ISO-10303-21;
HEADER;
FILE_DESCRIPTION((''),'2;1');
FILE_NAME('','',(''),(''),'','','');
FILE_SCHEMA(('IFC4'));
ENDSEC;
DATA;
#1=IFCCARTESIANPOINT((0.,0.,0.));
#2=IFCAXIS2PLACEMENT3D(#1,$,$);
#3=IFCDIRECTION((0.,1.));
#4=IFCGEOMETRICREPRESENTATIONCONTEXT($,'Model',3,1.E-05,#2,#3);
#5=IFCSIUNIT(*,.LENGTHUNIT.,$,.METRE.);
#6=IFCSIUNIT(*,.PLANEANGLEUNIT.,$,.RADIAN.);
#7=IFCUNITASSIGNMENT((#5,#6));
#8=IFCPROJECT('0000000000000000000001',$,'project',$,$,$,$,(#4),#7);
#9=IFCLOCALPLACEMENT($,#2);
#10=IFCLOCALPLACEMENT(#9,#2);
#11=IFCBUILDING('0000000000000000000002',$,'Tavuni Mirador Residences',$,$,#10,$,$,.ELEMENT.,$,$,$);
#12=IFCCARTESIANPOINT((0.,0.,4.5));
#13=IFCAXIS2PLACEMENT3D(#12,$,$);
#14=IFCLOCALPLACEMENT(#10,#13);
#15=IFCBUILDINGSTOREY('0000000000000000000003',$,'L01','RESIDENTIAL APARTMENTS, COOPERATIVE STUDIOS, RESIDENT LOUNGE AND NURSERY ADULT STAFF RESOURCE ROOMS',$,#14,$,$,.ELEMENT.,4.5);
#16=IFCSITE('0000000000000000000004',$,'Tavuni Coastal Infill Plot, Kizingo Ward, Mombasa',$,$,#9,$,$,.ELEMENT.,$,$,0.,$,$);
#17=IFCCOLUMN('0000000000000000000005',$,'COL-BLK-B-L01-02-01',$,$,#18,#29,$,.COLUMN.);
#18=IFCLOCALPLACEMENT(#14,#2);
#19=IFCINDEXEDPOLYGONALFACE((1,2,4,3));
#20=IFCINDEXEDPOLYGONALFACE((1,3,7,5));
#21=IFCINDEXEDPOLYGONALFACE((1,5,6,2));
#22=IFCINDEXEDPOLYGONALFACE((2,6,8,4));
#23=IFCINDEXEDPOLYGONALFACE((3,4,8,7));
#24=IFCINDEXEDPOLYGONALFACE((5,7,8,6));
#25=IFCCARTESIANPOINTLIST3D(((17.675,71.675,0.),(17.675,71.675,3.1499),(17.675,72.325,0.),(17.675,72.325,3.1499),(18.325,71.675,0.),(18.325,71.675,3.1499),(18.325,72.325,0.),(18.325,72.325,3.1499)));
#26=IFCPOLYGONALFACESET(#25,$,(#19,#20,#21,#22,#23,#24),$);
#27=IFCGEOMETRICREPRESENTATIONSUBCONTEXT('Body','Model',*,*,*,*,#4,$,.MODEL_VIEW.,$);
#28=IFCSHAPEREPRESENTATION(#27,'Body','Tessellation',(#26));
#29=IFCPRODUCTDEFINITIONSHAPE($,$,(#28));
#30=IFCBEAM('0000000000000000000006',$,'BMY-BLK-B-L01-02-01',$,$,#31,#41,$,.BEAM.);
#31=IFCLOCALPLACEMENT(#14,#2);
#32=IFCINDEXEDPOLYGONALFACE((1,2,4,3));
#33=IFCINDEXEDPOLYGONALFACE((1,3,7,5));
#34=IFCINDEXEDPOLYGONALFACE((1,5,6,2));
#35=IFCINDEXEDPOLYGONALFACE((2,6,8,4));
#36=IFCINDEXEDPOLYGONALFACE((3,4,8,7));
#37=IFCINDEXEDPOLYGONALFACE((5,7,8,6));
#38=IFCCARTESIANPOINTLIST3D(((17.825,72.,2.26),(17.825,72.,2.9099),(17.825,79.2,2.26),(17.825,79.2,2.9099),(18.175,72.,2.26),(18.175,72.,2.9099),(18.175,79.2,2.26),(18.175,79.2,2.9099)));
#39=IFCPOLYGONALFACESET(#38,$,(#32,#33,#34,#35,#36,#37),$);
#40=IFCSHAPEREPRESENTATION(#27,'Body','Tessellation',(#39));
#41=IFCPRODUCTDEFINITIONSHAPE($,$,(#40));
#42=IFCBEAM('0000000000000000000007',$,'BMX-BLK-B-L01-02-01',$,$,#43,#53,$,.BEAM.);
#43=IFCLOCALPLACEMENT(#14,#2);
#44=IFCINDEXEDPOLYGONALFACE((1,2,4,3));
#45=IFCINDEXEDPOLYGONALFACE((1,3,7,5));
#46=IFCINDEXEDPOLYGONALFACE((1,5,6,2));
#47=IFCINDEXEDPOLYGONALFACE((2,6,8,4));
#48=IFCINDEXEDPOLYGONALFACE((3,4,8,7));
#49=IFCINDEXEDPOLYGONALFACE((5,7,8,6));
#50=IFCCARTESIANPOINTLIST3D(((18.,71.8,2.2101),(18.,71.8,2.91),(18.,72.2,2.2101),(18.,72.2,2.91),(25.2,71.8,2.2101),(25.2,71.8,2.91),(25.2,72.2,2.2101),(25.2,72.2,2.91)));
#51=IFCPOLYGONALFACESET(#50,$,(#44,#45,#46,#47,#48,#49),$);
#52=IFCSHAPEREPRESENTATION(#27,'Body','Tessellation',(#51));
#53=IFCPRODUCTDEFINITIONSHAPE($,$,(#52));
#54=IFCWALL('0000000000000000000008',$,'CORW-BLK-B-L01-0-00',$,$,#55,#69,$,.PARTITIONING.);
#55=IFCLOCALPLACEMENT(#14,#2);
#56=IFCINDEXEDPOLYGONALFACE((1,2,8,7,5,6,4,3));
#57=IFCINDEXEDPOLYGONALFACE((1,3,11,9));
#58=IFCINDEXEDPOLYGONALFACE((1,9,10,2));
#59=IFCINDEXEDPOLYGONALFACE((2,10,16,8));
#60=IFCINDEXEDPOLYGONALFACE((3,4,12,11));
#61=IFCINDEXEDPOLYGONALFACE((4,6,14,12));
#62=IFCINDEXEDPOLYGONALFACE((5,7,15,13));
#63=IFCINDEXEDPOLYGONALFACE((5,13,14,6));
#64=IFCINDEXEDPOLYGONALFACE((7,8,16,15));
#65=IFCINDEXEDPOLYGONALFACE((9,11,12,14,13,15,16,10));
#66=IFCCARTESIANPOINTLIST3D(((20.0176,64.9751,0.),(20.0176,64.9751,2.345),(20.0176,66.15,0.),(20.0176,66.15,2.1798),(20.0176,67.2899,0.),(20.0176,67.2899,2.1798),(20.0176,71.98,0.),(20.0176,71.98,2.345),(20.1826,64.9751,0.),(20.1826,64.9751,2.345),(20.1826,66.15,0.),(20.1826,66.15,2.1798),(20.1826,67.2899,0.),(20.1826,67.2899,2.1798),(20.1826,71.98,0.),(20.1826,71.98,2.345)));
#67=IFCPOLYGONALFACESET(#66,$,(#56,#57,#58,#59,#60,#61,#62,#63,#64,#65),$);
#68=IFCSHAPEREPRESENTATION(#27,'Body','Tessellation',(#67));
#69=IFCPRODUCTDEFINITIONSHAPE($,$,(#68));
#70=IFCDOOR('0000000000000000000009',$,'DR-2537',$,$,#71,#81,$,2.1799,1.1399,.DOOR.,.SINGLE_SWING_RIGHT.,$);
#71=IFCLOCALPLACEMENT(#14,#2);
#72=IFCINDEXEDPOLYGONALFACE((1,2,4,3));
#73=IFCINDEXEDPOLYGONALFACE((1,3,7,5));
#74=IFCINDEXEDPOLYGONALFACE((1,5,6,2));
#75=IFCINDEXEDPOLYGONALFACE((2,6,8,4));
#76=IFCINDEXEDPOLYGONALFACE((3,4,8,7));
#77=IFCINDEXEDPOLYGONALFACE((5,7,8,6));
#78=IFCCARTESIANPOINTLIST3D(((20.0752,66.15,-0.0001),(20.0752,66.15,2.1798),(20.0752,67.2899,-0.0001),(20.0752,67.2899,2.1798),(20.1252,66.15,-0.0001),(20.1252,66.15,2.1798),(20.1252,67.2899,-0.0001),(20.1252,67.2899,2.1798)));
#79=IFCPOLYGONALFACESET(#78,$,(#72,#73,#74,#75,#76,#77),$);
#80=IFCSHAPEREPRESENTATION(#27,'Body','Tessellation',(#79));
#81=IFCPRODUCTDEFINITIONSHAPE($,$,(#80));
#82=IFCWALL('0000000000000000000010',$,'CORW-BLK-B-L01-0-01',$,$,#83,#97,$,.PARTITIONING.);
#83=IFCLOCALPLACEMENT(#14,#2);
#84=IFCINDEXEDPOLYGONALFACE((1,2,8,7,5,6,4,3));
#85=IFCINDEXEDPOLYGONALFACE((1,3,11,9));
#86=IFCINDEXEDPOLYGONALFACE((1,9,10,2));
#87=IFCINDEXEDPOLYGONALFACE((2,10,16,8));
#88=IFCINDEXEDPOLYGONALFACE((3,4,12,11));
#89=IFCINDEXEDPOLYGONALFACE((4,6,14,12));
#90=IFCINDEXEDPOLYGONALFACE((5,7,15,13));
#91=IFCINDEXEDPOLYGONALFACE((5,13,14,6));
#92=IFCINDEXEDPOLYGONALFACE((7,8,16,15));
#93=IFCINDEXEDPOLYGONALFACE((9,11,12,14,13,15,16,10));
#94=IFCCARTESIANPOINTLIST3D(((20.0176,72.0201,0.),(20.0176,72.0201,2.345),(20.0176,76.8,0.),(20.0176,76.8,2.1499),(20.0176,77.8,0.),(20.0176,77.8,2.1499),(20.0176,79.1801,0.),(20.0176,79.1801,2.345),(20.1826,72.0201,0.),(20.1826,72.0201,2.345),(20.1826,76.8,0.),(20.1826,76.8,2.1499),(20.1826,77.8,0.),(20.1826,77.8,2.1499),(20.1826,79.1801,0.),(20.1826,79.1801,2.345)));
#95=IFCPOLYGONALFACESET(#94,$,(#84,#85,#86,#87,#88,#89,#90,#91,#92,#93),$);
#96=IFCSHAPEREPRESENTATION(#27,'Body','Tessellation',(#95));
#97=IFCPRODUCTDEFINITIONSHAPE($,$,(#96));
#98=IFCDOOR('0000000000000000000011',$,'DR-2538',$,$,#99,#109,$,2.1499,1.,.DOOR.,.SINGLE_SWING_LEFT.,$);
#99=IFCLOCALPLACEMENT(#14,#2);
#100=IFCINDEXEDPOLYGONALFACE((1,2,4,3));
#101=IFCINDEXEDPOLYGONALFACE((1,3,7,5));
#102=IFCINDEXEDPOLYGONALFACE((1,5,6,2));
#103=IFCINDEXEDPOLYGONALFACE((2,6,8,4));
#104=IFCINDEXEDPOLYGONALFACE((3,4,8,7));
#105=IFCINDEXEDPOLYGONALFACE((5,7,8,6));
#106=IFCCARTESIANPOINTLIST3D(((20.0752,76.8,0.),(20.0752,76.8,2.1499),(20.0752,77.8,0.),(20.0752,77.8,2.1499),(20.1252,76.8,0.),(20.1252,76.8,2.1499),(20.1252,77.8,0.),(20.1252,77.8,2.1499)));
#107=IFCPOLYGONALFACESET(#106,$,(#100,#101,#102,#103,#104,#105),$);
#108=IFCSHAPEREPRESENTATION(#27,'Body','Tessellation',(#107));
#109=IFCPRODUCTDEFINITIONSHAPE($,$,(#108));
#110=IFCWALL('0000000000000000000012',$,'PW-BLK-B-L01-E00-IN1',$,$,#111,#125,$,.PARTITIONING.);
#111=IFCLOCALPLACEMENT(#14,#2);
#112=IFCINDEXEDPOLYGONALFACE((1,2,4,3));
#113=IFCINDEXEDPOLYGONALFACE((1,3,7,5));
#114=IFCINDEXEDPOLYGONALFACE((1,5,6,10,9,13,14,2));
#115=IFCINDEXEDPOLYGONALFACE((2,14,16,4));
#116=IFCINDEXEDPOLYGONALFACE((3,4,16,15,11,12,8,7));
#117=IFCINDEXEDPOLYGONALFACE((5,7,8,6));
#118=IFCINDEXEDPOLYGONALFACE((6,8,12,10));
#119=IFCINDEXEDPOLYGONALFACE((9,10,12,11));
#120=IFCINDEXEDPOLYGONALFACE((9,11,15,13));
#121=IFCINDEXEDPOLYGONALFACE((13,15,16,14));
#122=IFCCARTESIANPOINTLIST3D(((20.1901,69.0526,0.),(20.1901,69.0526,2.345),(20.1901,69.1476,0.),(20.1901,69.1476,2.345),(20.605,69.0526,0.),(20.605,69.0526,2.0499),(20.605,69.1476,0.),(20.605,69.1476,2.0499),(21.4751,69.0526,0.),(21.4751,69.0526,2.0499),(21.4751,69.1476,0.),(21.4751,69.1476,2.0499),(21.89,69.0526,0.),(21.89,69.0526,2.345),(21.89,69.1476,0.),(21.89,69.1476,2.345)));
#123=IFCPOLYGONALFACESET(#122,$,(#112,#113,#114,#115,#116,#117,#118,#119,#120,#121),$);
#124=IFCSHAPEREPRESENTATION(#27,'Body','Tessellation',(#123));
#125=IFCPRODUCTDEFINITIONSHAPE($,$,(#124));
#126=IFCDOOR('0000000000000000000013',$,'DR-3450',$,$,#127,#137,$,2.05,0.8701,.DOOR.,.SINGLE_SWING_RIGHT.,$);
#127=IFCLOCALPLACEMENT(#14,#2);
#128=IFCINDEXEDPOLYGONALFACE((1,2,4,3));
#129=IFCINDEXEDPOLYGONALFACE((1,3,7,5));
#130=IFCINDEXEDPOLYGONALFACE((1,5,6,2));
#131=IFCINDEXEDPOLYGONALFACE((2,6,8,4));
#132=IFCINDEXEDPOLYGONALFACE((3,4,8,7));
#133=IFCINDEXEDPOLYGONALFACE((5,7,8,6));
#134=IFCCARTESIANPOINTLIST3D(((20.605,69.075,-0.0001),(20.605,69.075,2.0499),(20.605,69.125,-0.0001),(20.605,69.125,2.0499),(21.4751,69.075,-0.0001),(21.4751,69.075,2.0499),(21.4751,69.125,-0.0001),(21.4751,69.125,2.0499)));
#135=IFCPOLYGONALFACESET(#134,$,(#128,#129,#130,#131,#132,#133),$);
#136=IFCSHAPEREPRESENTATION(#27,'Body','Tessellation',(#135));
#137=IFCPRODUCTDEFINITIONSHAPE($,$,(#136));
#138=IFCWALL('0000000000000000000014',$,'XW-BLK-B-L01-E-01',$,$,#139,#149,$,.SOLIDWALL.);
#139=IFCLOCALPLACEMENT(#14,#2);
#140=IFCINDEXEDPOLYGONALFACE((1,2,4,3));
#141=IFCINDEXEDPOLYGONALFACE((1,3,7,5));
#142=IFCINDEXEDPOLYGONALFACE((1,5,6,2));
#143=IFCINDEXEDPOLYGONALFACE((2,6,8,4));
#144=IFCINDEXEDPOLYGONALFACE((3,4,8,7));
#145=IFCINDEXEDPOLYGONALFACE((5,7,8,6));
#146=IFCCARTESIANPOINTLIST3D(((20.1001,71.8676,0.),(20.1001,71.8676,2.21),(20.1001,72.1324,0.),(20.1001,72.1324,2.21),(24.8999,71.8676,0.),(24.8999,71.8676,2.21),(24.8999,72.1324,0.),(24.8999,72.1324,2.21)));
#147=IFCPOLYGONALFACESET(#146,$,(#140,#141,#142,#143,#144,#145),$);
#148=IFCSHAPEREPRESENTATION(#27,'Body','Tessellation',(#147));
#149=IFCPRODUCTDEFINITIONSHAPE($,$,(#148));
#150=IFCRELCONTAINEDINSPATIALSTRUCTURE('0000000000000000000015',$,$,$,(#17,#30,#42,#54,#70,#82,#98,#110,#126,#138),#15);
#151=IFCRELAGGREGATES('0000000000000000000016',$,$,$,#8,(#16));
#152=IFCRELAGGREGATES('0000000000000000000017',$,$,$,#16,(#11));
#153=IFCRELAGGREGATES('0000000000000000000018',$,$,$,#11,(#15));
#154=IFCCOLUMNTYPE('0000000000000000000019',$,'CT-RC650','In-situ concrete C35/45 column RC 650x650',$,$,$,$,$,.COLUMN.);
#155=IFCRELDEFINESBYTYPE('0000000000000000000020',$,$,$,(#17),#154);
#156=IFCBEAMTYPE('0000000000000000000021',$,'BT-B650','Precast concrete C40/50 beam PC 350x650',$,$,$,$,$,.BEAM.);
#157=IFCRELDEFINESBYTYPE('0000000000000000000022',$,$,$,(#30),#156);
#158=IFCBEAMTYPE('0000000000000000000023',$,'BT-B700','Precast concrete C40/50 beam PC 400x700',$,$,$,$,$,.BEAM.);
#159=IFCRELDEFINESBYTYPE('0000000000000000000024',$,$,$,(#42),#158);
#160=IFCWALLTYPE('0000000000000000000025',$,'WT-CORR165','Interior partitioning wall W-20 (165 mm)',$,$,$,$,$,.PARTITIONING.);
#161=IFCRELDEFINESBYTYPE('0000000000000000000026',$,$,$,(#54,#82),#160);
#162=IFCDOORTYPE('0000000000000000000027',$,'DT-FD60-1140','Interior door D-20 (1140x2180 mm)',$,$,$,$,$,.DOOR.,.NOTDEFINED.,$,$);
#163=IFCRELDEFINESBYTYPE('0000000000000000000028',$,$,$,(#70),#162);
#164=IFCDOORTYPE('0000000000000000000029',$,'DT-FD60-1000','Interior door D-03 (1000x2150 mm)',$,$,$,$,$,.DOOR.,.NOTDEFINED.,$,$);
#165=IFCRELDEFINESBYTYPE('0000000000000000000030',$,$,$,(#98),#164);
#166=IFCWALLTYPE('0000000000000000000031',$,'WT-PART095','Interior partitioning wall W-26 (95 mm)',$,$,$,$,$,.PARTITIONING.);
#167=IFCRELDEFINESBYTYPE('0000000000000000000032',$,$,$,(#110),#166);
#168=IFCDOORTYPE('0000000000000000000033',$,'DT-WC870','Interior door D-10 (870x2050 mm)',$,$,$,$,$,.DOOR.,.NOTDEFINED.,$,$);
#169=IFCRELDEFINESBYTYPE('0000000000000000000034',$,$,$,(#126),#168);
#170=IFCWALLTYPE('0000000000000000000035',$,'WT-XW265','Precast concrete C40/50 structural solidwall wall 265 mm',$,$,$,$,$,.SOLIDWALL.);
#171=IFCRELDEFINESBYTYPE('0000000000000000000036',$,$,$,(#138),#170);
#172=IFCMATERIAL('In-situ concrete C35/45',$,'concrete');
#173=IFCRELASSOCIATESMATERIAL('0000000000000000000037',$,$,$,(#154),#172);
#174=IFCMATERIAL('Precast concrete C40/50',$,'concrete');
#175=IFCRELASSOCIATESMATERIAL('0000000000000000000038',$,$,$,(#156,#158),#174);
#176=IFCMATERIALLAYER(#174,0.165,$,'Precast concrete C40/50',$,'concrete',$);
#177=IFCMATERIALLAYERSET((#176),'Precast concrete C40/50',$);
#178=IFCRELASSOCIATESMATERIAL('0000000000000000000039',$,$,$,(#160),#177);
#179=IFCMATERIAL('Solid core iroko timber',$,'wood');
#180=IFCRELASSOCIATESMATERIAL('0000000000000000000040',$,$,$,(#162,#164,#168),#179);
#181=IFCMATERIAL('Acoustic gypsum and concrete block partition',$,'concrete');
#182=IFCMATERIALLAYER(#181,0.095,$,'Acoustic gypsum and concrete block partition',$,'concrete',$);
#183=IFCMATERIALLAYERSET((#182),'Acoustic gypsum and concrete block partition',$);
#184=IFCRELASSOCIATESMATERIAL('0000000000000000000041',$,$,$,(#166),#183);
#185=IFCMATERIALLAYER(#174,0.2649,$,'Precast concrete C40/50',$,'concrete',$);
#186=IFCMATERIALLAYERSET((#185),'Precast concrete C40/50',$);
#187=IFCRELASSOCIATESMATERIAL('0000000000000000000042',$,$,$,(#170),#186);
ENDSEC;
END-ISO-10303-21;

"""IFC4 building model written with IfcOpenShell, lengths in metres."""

from ifc_helpers import new_model, si_unit, direction, frame, frame_2d, origin, origin_2d, place, context, subcontext, project, spatial, rectangle, extrude, material, layer, layer_set, material_profile, profile_set, type_object, element, fill, save


model = new_model("IFC4")

# Units and contexts
model_context = context("Model", 3, precision=1e-05, world=origin(), true_north=direction((0.0, 1.0)))
body_context = subcontext(model_context, "Body", "Model", "MODEL_VIEW")
ifc_project = project(units=[si_unit("LENGTHUNIT", "METRE"), si_unit("PLANEANGLEUNIT", "RADIAN")], contexts=[model_context])

# Site, building, storey
site_placement = place(None, origin())
site = spatial("IfcSite", under=ifc_project, at=site_placement, Name="Tavuni Coastal Infill Plot, Kizingo Ward, Mombasa", CompositionType="ELEMENT", RefElevation=0.0)
building_placement = place(site_placement, origin())
building = spatial("IfcBuilding", under=site, at=building_placement, Name="Tavuni Mirador Residences", CompositionType="ELEMENT")
storey_placement = place(building_placement, frame((0.0, 0.0, 4.5)))
storey = spatial("IfcBuildingStorey", under=building, at=storey_placement, Name="L01", Description="RESIDENTIAL APARTMENTS, COOPERATIVE STUDIOS, RESIDENT LOUNGE AND NURSERY ADULT STAFF RESOURCE ROOMS", CompositionType="ELEMENT", Elevation=4.5)

# Column
ifc_material_1 = material(Name="In-situ concrete C35/45", Category="concrete")
ifc_material_profile_1 = material_profile(ifc_material_1, rectangle(XDim=0.6499, YDim=0.6499, at=origin_2d()), Name="RC 650x650", Category="concrete")
ifc_profile_set_1 = profile_set([ifc_material_profile_1], Name="In-situ concrete C35/45")
column_type = type_object("IfcColumnType", Name="CT-RC650", Description="In-situ concrete C35/45 column RC 650x650", PredefinedType="COLUMN", material=ifc_profile_set_1)
column_placement = place(storey_placement, frame((18.0, 72.0, 0.0), z_axis=(0.0, 0.0, 1.0), x_axis=(1.0, 0.0, 0.0)))
element("IfcColumn", 1, at=column_placement, inside=storey, type_object=column_type, Name="COL-BLK-B-L01-02-01", PredefinedType="COLUMN", context=body_context, shape_type="SweptSolid", body=[
    extrude(rectangle(XDim=0.6499, YDim=0.6499, at=origin_2d()), origin(), (0.0, 0.0, 1.0), 3.1499),
])

# Beams
ifc_material_2 = material(Name="Precast concrete C40/50", Category="concrete")
ifc_material_profile_2 = material_profile(ifc_material_2, rectangle(XDim=0.3501, YDim=0.6499, at=origin_2d()), Name="PC 350x650", Category="concrete")
ifc_profile_set_2 = profile_set([ifc_material_profile_2], Name="Precast concrete C40/50")
beam_type_1 = type_object("IfcBeamType", Name="BT-B650", Description="Precast concrete C40/50 beam PC 350x650", PredefinedType="BEAM", material=ifc_profile_set_2)
beam_1_placement = place(storey_placement, frame((18.0, 72.0, 2.585), z_axis=(0.0, 1.0, 0.0), x_axis=(-1.0, 0.0, 0.0)))
element("IfcBeam", 2, at=beam_1_placement, inside=storey, type_object=beam_type_1, Name="BMY-BLK-B-L01-02-01", PredefinedType="BEAM", context=body_context, shape_type="SweptSolid", body=[
    extrude(rectangle(XDim=0.3501, YDim=0.6499, at=origin_2d()), origin(), (0.0, 0.0, 1.0), 7.2),
])
ifc_material_profile_3 = material_profile(ifc_material_2, rectangle(XDim=0.3999, YDim=0.7, at=origin_2d()), Name="PC 400x700", Category="concrete")
ifc_profile_set_3 = profile_set([ifc_material_profile_3], Name="Precast concrete C40/50")
beam_type_2 = type_object("IfcBeamType", Name="BT-B700", Description="Precast concrete C40/50 beam PC 400x700", PredefinedType="BEAM", material=ifc_profile_set_3)
beam_2_placement = place(storey_placement, frame((18.0, 72.0, 2.5601), z_axis=(1.0, 0.0, 0.0), x_axis=(0.0, 1.0, 0.0)))
element("IfcBeam", 3, at=beam_2_placement, inside=storey, type_object=beam_type_2, Name="BMX-BLK-B-L01-02-01", PredefinedType="BEAM", context=body_context, shape_type="SweptSolid", body=[
    extrude(rectangle(XDim=0.3999, YDim=0.7, at=origin_2d()), origin(), (0.0, 0.0, 1.0), 7.2),
])

# Walls, openings, doors
ifc_material_3 = material(Name="Solid core iroko timber", Category="wood")
ifc_layer_1 = layer(ifc_material_2, 0.165, Name="Precast concrete C40/50", Category="concrete")
ifc_layer_set_1 = layer_set([ifc_layer_1], Name="Precast concrete C40/50")
wall_type_1 = type_object("IfcWallType", Name="WT-CORR165", Description="Interior partitioning wall W-20 (165 mm)", PredefinedType="PARTITIONING", material=ifc_layer_set_1)
wall_1_placement = place(storey_placement, frame((20.1001, 64.9751, 0.0), z_axis=(0.0, 0.0, 1.0), x_axis=(0.0, 1.0, 0.0)))
wall_1 = element("IfcWall", 4, at=wall_1_placement, inside=storey, type_object=wall_type_1, Name="CORW-BLK-B-L01-0-00", PredefinedType="PARTITIONING", context=body_context, shape_type="SweptSolid", body=[
    extrude(rectangle(XDim=7.0049, YDim=0.165, at=frame_2d((3.5024, 0.0))), origin(), (0.0, 0.0, 1.0), 2.345),
])
opening_1_placement = place(wall_1_placement, frame((1.175, 0.0, 0.0)))
opening_1 = element("IfcOpeningElement", 5, at=opening_1_placement, cuts=wall_1, PredefinedType="OPENING", context=body_context, shape_type="SweptSolid", body=[
    extrude(rectangle(XDim=1.1399, YDim=2.1799, at=frame_2d((0.5698, 1.0898))), frame((0.0, 0.0925, 0.0), z_axis=(0.0, -1.0, 0.0), x_axis=(1.0, 0.0, 0.0)), (0.0, 0.0, 1.0), 0.1851),
])
door_type_1 = type_object("IfcDoorType", Name="DT-FD60-1140", Description="Interior door D-20 (1140x2180 mm)", OperationType="NOTDEFINED", PredefinedType="DOOR", material=ifc_material_3)
door_1_placement = place(opening_1_placement, origin())
door_1 = element("IfcDoor", 6, at=door_1_placement, inside=storey, type_object=door_type_1, Name="DR-2537", OperationType="SINGLE_SWING_RIGHT", OverallHeight=2.1799, OverallWidth=1.1399, PredefinedType="DOOR", context=body_context, shape_type="SweptSolid", body=[
    extrude(rectangle(XDim=1.1399, YDim=2.1799, at=frame_2d((0.5698, 1.0898))), frame((0.0, 0.0249, 0.0), z_axis=(0.0, -1.0, 0.0), x_axis=(1.0, 0.0, 0.0)), (0.0, 0.0, 1.0), 0.05),
])
fill(opening_1, door_1)
wall_2_placement = place(storey_placement, frame((20.1001, 72.02, 0.0), z_axis=(0.0, 0.0, 1.0), x_axis=(0.0, 1.0, 0.0)))
wall_2 = element("IfcWall", 7, at=wall_2_placement, inside=storey, type_object=wall_type_1, Name="CORW-BLK-B-L01-0-01", PredefinedType="PARTITIONING", context=body_context, shape_type="SweptSolid", body=[
    extrude(rectangle(XDim=7.1599, YDim=0.165, at=frame_2d((3.5801, 0.0))), origin(), (0.0, 0.0, 1.0), 2.345),
])
opening_2_placement = place(wall_2_placement, frame((4.78, 0.0, 0.0)))
opening_2 = element("IfcOpeningElement", 8, at=opening_2_placement, cuts=wall_2, PredefinedType="OPENING", context=body_context, shape_type="SweptSolid", body=[
    extrude(rectangle(XDim=1.0, YDim=2.1499, at=frame_2d((0.5, 1.075))), frame((0.0, 0.0925, 0.0), z_axis=(0.0, -1.0, 0.0), x_axis=(1.0, 0.0, 0.0)), (0.0, 0.0, 1.0), 0.1851),
])
door_type_2 = type_object("IfcDoorType", Name="DT-FD60-1000", Description="Interior door D-03 (1000x2150 mm)", OperationType="NOTDEFINED", PredefinedType="DOOR", material=ifc_material_3)
door_2_placement = place(opening_2_placement, origin())
door_2 = element("IfcDoor", 9, at=door_2_placement, inside=storey, type_object=door_type_2, Name="DR-2538", OperationType="SINGLE_SWING_LEFT", OverallHeight=2.1499, OverallWidth=1.0, PredefinedType="DOOR", context=body_context, shape_type="SweptSolid", body=[
    extrude(rectangle(XDim=1.0, YDim=2.1499, at=frame_2d((0.5, 1.075))), frame((0.0, 0.0249, 0.0), z_axis=(0.0, -1.0, 0.0), x_axis=(1.0, 0.0, 0.0)), (0.0, 0.0, 1.0), 0.05),
])
fill(opening_2, door_2)
ifc_material_4 = material(Name="Acoustic gypsum and concrete block partition", Category="concrete")
ifc_layer_2 = layer(ifc_material_4, 0.095, Name="Acoustic gypsum and concrete block partition", Category="concrete")
ifc_layer_set_2 = layer_set([ifc_layer_2], Name="Acoustic gypsum and concrete block partition")
wall_type_2 = type_object("IfcWallType", Name="WT-PART095", Description="Interior partitioning wall W-26 (95 mm)", PredefinedType="PARTITIONING", material=ifc_layer_set_2)
wall_3_placement = place(storey_placement, frame((20.1899, 69.1001, 0.0), z_axis=(0.0, 0.0, 1.0), x_axis=(1.0, 0.0, 0.0)))
wall_3 = element("IfcWall", 10, at=wall_3_placement, inside=storey, type_object=wall_type_2, Name="PW-BLK-B-L01-E00-IN1", PredefinedType="PARTITIONING", context=body_context, shape_type="SweptSolid", body=[
    extrude(rectangle(XDim=1.7, YDim=0.095, at=frame_2d((0.8501, 0.0))), origin(), (0.0, 0.0, 1.0), 2.345),
])
opening_3_placement = place(wall_3_placement, frame((0.415, 0.0, 0.0)))
opening_3 = element("IfcOpeningElement", 11, at=opening_3_placement, cuts=wall_3, PredefinedType="OPENING", context=body_context, shape_type="SweptSolid", body=[
    extrude(rectangle(XDim=0.8701, YDim=2.05, at=frame_2d((0.4351, 1.0249))), frame((0.0, 0.0576, 0.0), z_axis=(0.0, -1.0, 0.0), x_axis=(1.0, 0.0, 0.0)), (0.0, 0.0, 1.0), 0.115),
])
door_type_3 = type_object("IfcDoorType", Name="DT-WC870", Description="Interior door D-10 (870x2050 mm)", OperationType="NOTDEFINED", PredefinedType="DOOR", material=ifc_material_3)
door_3_placement = place(opening_3_placement, origin())
door_3 = element("IfcDoor", 12, at=door_3_placement, inside=storey, type_object=door_type_3, Name="DR-3450", OperationType="SINGLE_SWING_RIGHT", OverallHeight=2.05, OverallWidth=0.8701, PredefinedType="DOOR", context=body_context, shape_type="SweptSolid", body=[
    extrude(rectangle(XDim=0.8701, YDim=2.05, at=frame_2d((0.4351, 1.0249))), frame((0.0, 0.0249, 0.0), z_axis=(0.0, -1.0, 0.0), x_axis=(1.0, 0.0, 0.0)), (0.0, 0.0, 1.0), 0.05),
])
fill(opening_3, door_3)

# Wall
ifc_layer_3 = layer(ifc_material_2, 0.2649, Name="Precast concrete C40/50", Category="concrete")
ifc_layer_set_3 = layer_set([ifc_layer_3], Name="Precast concrete C40/50")
wall_type_3 = type_object("IfcWallType", Name="WT-XW265", Description="Precast concrete C40/50 structural solidwall wall 265 mm", PredefinedType="SOLIDWALL", material=ifc_layer_set_3)
wall_4_placement = place(storey_placement, frame((20.1001, 72.0, 0.0), z_axis=(0.0, 0.0, 1.0), x_axis=(1.0, 0.0, 0.0)))
element("IfcWall", 13, at=wall_4_placement, inside=storey, type_object=wall_type_3, Name="XW-BLK-B-L01-E-01", PredefinedType="SOLIDWALL", context=body_context, shape_type="SweptSolid", body=[
    extrude(rectangle(XDim=4.7998, YDim=0.2649, at=frame_2d((2.3999, 0.0))), origin(), (0.0, 0.0, 1.0), 2.21),
])

save(model, "model.ifc")
